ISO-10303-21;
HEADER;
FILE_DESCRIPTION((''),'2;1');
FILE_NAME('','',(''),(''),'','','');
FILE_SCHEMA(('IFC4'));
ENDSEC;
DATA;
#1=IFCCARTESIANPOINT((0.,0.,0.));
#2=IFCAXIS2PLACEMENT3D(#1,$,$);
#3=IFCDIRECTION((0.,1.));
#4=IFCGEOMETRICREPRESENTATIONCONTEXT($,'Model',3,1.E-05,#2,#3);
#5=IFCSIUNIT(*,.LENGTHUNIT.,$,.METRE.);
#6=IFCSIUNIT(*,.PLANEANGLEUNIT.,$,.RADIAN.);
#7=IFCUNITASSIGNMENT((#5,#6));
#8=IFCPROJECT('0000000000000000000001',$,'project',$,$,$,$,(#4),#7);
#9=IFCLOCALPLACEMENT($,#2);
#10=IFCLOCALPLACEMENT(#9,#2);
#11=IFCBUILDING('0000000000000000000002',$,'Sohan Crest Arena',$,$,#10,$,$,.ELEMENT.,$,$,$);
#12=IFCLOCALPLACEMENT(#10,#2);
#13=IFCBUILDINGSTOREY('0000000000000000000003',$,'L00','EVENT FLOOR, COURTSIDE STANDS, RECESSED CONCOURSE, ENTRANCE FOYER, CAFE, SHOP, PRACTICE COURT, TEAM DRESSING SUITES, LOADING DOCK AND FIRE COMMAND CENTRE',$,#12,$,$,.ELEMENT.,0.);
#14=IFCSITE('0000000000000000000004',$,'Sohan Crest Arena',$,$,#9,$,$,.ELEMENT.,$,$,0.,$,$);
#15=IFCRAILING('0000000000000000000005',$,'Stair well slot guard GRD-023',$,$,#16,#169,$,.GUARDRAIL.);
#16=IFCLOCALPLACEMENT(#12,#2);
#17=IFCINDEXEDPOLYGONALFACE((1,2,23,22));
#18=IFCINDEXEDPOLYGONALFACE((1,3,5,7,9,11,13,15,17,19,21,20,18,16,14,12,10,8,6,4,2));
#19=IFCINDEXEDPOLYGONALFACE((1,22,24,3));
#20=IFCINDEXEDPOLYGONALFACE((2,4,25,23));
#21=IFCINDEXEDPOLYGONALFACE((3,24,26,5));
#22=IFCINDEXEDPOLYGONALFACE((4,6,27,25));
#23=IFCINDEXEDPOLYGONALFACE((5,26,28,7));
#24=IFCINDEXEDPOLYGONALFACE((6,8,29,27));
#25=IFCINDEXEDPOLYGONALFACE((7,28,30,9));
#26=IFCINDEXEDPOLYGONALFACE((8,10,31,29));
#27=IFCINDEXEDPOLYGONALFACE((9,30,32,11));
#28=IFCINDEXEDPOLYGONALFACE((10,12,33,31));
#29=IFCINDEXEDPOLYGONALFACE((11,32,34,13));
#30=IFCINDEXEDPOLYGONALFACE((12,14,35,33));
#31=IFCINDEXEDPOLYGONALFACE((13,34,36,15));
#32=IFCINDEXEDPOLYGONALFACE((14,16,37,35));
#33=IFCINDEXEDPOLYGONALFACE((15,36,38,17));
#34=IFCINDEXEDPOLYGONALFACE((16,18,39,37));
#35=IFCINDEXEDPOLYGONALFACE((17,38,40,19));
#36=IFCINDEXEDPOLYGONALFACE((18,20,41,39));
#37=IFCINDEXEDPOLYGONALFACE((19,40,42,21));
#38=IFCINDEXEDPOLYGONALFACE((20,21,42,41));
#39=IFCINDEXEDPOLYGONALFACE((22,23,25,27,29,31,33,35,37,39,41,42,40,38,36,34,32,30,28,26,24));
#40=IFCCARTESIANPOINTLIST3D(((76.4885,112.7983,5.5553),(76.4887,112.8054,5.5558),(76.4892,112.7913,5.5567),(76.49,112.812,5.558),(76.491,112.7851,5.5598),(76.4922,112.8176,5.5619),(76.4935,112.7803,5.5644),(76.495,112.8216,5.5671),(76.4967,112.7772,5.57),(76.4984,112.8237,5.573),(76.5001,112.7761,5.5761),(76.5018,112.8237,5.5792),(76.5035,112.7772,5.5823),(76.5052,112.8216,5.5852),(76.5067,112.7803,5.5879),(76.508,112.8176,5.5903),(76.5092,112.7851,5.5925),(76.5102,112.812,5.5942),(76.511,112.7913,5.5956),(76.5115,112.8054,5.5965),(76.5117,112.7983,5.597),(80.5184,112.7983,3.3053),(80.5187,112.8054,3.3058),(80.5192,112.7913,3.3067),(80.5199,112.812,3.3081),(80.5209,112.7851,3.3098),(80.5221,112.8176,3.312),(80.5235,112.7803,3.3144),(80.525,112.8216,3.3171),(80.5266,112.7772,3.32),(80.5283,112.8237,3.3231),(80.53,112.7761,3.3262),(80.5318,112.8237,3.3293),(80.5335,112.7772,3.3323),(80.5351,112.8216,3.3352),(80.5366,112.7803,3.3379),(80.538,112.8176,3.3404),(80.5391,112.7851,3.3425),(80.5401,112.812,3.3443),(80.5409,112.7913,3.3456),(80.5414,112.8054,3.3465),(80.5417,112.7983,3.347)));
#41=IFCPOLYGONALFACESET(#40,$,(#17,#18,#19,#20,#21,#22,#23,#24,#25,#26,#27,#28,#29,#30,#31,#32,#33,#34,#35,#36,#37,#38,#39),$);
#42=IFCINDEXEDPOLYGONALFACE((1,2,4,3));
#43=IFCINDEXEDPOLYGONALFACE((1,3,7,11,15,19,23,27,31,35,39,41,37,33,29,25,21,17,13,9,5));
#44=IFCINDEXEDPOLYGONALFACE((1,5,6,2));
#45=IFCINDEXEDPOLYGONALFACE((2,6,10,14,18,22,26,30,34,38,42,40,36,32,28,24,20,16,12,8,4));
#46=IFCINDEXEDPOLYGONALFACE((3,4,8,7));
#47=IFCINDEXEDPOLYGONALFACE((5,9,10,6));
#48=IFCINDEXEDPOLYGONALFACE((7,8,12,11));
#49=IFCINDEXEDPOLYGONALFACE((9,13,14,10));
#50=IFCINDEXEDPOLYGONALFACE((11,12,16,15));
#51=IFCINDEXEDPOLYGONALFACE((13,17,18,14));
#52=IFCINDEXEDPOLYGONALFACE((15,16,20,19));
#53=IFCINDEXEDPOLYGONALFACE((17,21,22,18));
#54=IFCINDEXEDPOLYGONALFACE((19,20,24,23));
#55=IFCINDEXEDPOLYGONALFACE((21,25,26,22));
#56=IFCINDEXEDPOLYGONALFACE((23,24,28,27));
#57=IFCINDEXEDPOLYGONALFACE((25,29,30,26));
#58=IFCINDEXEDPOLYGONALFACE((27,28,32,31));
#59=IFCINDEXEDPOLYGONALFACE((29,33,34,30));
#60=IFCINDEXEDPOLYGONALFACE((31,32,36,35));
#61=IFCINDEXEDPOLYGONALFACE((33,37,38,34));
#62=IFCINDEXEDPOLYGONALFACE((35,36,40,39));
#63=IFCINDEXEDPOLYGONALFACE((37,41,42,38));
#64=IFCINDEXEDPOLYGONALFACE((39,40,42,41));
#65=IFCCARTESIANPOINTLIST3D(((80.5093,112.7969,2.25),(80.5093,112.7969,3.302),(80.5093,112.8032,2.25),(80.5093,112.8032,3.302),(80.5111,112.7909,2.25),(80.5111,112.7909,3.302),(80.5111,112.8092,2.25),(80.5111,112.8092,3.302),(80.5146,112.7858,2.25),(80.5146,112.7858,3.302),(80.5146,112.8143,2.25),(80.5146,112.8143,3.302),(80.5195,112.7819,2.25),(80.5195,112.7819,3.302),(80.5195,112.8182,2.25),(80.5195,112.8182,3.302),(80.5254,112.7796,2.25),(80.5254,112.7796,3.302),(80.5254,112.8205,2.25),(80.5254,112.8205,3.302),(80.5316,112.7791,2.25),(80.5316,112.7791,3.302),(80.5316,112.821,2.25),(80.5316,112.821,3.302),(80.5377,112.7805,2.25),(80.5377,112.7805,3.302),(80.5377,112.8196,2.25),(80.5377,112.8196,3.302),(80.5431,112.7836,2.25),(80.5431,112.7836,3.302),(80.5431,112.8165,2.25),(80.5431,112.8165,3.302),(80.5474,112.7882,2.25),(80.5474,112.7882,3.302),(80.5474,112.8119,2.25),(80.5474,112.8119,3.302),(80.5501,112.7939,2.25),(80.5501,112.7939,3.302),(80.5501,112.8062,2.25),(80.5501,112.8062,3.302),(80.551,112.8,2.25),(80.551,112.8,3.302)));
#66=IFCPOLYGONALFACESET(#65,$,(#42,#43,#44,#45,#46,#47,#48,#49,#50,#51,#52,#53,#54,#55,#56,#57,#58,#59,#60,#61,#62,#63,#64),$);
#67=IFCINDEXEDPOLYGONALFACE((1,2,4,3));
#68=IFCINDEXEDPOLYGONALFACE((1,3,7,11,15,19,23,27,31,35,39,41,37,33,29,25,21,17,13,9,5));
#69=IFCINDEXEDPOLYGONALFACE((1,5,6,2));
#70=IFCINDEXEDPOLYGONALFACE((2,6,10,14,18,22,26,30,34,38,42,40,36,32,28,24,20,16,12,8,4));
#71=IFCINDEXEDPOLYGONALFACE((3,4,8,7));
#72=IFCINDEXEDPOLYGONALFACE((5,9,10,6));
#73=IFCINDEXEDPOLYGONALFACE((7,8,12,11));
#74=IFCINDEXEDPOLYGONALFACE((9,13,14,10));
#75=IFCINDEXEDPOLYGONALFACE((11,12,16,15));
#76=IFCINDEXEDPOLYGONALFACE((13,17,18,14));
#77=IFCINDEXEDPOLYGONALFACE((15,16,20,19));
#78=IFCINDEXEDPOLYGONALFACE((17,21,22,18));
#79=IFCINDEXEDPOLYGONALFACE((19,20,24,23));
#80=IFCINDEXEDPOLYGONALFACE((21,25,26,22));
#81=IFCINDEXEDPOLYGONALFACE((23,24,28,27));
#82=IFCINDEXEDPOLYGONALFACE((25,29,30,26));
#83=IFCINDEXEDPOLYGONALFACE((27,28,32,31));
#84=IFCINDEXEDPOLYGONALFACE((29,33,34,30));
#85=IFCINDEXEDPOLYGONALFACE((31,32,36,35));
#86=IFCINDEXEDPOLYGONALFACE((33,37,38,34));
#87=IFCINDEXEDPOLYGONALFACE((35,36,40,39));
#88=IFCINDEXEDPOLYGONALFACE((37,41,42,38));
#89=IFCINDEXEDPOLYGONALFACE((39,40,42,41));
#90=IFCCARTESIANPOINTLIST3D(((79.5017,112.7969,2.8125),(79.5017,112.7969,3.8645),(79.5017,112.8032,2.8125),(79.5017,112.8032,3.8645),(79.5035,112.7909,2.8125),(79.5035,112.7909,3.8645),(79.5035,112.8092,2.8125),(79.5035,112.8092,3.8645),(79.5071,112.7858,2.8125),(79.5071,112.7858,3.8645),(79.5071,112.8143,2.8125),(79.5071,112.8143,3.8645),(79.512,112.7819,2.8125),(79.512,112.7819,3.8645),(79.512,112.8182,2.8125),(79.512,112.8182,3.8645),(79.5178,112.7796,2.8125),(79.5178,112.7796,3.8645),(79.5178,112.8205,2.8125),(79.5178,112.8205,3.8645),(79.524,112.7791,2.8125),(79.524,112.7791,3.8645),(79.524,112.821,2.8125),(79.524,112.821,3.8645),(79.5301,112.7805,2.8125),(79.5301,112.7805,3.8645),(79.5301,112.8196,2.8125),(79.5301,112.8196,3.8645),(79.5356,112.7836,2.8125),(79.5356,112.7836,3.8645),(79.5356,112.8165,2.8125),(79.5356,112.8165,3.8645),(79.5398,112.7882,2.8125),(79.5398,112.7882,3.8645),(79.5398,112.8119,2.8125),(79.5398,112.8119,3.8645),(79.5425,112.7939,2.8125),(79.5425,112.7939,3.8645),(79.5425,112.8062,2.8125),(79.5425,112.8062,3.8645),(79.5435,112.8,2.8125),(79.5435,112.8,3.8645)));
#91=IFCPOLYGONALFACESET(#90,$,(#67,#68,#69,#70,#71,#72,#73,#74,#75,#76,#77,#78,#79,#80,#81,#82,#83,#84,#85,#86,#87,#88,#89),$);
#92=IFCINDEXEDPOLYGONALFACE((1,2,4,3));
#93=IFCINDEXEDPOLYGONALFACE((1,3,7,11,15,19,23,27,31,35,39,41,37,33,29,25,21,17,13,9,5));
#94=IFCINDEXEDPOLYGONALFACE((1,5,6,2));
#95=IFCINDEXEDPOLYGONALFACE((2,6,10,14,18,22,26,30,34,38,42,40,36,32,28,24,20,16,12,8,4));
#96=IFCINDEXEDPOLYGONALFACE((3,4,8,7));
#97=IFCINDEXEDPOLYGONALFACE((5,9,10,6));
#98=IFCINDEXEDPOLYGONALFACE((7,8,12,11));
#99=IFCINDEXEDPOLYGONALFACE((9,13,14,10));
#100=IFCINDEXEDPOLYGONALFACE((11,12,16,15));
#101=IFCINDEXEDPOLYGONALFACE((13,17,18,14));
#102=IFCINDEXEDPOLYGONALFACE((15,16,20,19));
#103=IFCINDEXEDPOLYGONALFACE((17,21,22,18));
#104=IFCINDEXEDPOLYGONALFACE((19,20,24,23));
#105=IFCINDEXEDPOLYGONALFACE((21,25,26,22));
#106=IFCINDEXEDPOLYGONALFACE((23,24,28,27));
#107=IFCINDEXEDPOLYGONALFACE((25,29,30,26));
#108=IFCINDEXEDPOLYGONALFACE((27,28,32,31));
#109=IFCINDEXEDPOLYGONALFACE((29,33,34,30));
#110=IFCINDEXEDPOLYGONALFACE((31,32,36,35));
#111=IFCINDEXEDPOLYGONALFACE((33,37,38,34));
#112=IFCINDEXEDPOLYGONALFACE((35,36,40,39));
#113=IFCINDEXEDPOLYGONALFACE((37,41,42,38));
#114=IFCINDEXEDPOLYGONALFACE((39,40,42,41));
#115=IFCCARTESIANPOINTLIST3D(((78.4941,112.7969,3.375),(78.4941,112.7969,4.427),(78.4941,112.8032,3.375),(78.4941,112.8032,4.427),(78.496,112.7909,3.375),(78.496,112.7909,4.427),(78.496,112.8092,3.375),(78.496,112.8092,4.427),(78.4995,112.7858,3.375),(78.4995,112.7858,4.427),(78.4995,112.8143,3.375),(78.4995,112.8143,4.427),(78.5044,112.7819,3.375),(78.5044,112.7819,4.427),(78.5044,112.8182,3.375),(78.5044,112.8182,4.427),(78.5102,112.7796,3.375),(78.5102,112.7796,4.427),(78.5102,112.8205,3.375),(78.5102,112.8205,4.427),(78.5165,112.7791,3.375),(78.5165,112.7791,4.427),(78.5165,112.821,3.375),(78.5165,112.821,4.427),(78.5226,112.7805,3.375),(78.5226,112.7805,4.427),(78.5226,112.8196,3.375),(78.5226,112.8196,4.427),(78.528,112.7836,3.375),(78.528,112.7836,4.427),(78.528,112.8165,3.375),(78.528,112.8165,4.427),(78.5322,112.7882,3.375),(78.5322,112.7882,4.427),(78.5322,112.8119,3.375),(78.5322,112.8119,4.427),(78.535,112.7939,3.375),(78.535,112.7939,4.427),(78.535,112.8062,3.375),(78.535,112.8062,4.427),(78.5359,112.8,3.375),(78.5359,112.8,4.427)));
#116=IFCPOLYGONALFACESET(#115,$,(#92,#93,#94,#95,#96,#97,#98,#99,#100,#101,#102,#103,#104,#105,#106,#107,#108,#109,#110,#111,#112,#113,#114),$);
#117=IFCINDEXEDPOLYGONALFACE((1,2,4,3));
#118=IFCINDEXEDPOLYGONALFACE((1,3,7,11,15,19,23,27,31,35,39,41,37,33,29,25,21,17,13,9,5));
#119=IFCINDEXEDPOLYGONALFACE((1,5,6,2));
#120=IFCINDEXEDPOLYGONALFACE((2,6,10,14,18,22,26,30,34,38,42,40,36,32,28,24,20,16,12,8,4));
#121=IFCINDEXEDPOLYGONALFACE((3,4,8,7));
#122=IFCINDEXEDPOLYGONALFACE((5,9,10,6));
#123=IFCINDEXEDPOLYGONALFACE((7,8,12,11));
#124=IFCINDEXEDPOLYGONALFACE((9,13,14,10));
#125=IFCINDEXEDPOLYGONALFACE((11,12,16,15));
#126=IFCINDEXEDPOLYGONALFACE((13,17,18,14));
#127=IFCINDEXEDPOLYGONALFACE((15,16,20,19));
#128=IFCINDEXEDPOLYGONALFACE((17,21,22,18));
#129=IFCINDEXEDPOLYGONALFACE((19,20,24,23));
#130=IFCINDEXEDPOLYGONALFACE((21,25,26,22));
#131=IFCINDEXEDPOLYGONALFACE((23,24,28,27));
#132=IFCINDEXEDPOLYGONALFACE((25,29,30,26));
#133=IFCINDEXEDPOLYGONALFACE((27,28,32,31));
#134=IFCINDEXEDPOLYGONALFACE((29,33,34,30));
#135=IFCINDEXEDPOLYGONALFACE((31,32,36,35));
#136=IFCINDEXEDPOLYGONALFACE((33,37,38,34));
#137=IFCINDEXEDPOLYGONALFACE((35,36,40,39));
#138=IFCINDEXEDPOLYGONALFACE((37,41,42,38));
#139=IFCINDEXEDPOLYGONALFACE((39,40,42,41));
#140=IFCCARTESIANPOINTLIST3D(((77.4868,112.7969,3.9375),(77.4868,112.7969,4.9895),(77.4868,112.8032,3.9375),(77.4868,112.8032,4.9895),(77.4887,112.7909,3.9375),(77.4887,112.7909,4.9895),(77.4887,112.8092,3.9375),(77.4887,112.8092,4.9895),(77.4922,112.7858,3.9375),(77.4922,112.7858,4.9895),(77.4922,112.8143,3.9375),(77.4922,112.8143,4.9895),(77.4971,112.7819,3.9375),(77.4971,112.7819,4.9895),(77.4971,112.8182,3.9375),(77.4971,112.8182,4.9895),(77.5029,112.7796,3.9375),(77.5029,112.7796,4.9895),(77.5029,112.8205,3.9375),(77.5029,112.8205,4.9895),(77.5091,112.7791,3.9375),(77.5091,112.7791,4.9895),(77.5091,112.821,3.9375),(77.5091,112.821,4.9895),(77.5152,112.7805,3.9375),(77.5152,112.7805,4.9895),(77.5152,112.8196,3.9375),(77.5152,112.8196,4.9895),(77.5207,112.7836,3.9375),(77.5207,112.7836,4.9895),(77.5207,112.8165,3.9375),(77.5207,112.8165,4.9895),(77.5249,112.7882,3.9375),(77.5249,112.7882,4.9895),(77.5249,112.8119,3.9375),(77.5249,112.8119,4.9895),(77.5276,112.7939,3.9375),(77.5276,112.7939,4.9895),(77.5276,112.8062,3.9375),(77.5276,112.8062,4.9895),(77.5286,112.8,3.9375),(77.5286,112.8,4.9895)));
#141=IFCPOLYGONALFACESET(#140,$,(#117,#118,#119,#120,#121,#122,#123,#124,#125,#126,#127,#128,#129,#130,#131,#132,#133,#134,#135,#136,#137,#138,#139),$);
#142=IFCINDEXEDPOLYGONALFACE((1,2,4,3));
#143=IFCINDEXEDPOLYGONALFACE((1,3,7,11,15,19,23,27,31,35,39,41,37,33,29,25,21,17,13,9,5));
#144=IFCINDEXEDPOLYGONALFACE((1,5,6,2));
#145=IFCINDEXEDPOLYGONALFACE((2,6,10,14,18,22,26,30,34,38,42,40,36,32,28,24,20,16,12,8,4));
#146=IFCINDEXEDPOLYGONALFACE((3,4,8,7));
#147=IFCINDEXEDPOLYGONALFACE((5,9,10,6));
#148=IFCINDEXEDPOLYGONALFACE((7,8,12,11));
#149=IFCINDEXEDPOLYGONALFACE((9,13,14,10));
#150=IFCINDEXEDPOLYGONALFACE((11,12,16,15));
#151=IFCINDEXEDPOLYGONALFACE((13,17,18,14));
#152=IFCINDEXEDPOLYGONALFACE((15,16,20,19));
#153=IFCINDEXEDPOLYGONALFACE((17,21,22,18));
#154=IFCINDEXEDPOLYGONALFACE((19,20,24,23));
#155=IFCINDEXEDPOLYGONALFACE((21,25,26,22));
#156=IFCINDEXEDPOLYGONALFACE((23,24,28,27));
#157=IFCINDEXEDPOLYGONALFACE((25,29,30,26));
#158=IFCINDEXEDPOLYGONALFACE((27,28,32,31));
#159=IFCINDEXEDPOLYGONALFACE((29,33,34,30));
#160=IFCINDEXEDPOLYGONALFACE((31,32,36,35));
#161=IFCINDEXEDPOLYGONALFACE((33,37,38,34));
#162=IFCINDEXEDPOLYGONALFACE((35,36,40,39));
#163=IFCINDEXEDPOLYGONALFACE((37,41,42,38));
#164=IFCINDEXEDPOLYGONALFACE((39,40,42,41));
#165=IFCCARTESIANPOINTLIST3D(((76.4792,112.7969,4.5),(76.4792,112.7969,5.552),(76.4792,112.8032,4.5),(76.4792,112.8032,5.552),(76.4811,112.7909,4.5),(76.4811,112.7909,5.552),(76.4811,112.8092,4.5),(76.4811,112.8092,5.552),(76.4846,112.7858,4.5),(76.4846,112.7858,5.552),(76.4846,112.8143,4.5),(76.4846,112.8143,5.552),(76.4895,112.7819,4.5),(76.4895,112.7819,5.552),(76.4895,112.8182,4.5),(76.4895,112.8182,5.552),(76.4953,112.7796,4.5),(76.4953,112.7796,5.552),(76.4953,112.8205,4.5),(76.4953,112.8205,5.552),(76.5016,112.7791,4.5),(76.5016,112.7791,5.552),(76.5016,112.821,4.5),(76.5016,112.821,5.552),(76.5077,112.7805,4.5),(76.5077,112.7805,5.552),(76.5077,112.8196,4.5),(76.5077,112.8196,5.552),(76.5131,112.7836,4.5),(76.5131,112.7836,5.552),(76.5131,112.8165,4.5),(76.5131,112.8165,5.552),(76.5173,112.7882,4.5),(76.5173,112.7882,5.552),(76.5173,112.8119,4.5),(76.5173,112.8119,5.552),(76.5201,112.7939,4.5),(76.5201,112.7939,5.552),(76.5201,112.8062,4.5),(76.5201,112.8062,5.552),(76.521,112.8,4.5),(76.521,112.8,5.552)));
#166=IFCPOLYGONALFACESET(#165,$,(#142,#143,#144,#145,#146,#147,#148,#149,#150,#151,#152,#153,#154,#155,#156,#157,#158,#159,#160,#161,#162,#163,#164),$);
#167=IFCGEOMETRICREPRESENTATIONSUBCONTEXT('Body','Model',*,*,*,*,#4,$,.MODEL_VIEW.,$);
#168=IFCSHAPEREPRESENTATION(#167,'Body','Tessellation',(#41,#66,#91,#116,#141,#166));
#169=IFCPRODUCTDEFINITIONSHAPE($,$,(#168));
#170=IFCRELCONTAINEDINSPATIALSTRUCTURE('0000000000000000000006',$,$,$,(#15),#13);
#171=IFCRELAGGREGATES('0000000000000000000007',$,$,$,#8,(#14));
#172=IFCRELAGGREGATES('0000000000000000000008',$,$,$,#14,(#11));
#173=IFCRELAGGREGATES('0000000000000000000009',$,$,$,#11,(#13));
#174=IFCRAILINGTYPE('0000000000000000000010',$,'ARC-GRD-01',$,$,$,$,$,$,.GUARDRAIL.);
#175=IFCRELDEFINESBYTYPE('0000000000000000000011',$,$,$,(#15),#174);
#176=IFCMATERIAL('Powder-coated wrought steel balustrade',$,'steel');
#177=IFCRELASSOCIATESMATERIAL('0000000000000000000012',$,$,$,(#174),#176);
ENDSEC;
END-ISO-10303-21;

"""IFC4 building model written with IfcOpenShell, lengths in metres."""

from ifc_helpers import new_model, si_unit, direction, frame, origin, origin_2d, place, context, subcontext, project, spatial, circle, extrude, material, type_object, element, save


model = new_model("IFC4")

# Units and contexts
model_context = context("Model", 3, precision=1e-05, world=origin(), true_north=direction((0.0, 1.0)))
body_context = subcontext(model_context, "Body", "Model", "MODEL_VIEW")
ifc_project = project(units=[si_unit("LENGTHUNIT", "METRE"), si_unit("PLANEANGLEUNIT", "RADIAN")], contexts=[model_context])

# Site, building, storey
site_placement = place(None, origin())
site = spatial("IfcSite", under=ifc_project, at=site_placement, Name="Sohan Crest Arena", CompositionType="ELEMENT", RefElevation=0.0)
building_placement = place(site_placement, origin())
building = spatial("IfcBuilding", under=site, at=building_placement, Name="Sohan Crest Arena", CompositionType="ELEMENT")
storey_placement = place(building_placement, origin())
storey = spatial("IfcBuildingStorey", under=building, at=storey_placement, Name="L00", Description="EVENT FLOOR, COURTSIDE STANDS, RECESSED CONCOURSE, ENTRANCE FOYER, CAFE, SHOP, PRACTICE COURT, TEAM DRESSING SUITES, LOADING DOCK AND FIRE COMMAND CENTRE", CompositionType="ELEMENT", Elevation=0.0)

# Railing
ifc_material_1 = material(Name="Powder-coated wrought steel balustrade", Category="steel")
railing_type_1 = type_object("IfcRailingType", Name="ARC-GRD-01", PredefinedType="GUARDRAIL", material=ifc_material_1)
railing_1_placement = place(storey_placement, frame((80.53, 112.8, 2.25)))
element("IfcRailing", 1, at=railing_1_placement, inside=storey, type_object=railing_type_1, Name="Stair well slot guard GRD-023", PredefinedType="GUARDRAIL", context=body_context, shape_type="SweptSolid", body=[
    extrude(circle(Radius=0.0239, at=origin_2d()), frame((0.0, 0.0, 1.0762), z_axis=(-0.873135, 0.0, 0.487479), x_axis=(0.0, -1.0, 0.0)), (0.0, 0.0, 1.0), 4.6155),
    extrude(circle(Radius=0.021, at=origin_2d()), origin(), (0.0, 0.0, 1.0), 1.052),
    extrude(circle(Radius=0.021, at=origin_2d()), frame((-1.0076, 0.0, 0.5625)), (0.0, 0.0, 1.0), 1.052),
    extrude(circle(Radius=0.021, at=origin_2d()), frame((-2.0151, 0.0, 1.125)), (0.0, 0.0, 1.0), 1.052),
    extrude(circle(Radius=0.021, at=origin_2d()), frame((-3.0225, 0.0, 1.6875)), (0.0, 0.0, 1.0), 1.052),
    extrude(circle(Radius=0.021, at=origin_2d()), frame((-4.03, 0.0, 2.25)), (0.0, 0.0, 1.0), 1.052),
])

save(model, "model.ifc")
